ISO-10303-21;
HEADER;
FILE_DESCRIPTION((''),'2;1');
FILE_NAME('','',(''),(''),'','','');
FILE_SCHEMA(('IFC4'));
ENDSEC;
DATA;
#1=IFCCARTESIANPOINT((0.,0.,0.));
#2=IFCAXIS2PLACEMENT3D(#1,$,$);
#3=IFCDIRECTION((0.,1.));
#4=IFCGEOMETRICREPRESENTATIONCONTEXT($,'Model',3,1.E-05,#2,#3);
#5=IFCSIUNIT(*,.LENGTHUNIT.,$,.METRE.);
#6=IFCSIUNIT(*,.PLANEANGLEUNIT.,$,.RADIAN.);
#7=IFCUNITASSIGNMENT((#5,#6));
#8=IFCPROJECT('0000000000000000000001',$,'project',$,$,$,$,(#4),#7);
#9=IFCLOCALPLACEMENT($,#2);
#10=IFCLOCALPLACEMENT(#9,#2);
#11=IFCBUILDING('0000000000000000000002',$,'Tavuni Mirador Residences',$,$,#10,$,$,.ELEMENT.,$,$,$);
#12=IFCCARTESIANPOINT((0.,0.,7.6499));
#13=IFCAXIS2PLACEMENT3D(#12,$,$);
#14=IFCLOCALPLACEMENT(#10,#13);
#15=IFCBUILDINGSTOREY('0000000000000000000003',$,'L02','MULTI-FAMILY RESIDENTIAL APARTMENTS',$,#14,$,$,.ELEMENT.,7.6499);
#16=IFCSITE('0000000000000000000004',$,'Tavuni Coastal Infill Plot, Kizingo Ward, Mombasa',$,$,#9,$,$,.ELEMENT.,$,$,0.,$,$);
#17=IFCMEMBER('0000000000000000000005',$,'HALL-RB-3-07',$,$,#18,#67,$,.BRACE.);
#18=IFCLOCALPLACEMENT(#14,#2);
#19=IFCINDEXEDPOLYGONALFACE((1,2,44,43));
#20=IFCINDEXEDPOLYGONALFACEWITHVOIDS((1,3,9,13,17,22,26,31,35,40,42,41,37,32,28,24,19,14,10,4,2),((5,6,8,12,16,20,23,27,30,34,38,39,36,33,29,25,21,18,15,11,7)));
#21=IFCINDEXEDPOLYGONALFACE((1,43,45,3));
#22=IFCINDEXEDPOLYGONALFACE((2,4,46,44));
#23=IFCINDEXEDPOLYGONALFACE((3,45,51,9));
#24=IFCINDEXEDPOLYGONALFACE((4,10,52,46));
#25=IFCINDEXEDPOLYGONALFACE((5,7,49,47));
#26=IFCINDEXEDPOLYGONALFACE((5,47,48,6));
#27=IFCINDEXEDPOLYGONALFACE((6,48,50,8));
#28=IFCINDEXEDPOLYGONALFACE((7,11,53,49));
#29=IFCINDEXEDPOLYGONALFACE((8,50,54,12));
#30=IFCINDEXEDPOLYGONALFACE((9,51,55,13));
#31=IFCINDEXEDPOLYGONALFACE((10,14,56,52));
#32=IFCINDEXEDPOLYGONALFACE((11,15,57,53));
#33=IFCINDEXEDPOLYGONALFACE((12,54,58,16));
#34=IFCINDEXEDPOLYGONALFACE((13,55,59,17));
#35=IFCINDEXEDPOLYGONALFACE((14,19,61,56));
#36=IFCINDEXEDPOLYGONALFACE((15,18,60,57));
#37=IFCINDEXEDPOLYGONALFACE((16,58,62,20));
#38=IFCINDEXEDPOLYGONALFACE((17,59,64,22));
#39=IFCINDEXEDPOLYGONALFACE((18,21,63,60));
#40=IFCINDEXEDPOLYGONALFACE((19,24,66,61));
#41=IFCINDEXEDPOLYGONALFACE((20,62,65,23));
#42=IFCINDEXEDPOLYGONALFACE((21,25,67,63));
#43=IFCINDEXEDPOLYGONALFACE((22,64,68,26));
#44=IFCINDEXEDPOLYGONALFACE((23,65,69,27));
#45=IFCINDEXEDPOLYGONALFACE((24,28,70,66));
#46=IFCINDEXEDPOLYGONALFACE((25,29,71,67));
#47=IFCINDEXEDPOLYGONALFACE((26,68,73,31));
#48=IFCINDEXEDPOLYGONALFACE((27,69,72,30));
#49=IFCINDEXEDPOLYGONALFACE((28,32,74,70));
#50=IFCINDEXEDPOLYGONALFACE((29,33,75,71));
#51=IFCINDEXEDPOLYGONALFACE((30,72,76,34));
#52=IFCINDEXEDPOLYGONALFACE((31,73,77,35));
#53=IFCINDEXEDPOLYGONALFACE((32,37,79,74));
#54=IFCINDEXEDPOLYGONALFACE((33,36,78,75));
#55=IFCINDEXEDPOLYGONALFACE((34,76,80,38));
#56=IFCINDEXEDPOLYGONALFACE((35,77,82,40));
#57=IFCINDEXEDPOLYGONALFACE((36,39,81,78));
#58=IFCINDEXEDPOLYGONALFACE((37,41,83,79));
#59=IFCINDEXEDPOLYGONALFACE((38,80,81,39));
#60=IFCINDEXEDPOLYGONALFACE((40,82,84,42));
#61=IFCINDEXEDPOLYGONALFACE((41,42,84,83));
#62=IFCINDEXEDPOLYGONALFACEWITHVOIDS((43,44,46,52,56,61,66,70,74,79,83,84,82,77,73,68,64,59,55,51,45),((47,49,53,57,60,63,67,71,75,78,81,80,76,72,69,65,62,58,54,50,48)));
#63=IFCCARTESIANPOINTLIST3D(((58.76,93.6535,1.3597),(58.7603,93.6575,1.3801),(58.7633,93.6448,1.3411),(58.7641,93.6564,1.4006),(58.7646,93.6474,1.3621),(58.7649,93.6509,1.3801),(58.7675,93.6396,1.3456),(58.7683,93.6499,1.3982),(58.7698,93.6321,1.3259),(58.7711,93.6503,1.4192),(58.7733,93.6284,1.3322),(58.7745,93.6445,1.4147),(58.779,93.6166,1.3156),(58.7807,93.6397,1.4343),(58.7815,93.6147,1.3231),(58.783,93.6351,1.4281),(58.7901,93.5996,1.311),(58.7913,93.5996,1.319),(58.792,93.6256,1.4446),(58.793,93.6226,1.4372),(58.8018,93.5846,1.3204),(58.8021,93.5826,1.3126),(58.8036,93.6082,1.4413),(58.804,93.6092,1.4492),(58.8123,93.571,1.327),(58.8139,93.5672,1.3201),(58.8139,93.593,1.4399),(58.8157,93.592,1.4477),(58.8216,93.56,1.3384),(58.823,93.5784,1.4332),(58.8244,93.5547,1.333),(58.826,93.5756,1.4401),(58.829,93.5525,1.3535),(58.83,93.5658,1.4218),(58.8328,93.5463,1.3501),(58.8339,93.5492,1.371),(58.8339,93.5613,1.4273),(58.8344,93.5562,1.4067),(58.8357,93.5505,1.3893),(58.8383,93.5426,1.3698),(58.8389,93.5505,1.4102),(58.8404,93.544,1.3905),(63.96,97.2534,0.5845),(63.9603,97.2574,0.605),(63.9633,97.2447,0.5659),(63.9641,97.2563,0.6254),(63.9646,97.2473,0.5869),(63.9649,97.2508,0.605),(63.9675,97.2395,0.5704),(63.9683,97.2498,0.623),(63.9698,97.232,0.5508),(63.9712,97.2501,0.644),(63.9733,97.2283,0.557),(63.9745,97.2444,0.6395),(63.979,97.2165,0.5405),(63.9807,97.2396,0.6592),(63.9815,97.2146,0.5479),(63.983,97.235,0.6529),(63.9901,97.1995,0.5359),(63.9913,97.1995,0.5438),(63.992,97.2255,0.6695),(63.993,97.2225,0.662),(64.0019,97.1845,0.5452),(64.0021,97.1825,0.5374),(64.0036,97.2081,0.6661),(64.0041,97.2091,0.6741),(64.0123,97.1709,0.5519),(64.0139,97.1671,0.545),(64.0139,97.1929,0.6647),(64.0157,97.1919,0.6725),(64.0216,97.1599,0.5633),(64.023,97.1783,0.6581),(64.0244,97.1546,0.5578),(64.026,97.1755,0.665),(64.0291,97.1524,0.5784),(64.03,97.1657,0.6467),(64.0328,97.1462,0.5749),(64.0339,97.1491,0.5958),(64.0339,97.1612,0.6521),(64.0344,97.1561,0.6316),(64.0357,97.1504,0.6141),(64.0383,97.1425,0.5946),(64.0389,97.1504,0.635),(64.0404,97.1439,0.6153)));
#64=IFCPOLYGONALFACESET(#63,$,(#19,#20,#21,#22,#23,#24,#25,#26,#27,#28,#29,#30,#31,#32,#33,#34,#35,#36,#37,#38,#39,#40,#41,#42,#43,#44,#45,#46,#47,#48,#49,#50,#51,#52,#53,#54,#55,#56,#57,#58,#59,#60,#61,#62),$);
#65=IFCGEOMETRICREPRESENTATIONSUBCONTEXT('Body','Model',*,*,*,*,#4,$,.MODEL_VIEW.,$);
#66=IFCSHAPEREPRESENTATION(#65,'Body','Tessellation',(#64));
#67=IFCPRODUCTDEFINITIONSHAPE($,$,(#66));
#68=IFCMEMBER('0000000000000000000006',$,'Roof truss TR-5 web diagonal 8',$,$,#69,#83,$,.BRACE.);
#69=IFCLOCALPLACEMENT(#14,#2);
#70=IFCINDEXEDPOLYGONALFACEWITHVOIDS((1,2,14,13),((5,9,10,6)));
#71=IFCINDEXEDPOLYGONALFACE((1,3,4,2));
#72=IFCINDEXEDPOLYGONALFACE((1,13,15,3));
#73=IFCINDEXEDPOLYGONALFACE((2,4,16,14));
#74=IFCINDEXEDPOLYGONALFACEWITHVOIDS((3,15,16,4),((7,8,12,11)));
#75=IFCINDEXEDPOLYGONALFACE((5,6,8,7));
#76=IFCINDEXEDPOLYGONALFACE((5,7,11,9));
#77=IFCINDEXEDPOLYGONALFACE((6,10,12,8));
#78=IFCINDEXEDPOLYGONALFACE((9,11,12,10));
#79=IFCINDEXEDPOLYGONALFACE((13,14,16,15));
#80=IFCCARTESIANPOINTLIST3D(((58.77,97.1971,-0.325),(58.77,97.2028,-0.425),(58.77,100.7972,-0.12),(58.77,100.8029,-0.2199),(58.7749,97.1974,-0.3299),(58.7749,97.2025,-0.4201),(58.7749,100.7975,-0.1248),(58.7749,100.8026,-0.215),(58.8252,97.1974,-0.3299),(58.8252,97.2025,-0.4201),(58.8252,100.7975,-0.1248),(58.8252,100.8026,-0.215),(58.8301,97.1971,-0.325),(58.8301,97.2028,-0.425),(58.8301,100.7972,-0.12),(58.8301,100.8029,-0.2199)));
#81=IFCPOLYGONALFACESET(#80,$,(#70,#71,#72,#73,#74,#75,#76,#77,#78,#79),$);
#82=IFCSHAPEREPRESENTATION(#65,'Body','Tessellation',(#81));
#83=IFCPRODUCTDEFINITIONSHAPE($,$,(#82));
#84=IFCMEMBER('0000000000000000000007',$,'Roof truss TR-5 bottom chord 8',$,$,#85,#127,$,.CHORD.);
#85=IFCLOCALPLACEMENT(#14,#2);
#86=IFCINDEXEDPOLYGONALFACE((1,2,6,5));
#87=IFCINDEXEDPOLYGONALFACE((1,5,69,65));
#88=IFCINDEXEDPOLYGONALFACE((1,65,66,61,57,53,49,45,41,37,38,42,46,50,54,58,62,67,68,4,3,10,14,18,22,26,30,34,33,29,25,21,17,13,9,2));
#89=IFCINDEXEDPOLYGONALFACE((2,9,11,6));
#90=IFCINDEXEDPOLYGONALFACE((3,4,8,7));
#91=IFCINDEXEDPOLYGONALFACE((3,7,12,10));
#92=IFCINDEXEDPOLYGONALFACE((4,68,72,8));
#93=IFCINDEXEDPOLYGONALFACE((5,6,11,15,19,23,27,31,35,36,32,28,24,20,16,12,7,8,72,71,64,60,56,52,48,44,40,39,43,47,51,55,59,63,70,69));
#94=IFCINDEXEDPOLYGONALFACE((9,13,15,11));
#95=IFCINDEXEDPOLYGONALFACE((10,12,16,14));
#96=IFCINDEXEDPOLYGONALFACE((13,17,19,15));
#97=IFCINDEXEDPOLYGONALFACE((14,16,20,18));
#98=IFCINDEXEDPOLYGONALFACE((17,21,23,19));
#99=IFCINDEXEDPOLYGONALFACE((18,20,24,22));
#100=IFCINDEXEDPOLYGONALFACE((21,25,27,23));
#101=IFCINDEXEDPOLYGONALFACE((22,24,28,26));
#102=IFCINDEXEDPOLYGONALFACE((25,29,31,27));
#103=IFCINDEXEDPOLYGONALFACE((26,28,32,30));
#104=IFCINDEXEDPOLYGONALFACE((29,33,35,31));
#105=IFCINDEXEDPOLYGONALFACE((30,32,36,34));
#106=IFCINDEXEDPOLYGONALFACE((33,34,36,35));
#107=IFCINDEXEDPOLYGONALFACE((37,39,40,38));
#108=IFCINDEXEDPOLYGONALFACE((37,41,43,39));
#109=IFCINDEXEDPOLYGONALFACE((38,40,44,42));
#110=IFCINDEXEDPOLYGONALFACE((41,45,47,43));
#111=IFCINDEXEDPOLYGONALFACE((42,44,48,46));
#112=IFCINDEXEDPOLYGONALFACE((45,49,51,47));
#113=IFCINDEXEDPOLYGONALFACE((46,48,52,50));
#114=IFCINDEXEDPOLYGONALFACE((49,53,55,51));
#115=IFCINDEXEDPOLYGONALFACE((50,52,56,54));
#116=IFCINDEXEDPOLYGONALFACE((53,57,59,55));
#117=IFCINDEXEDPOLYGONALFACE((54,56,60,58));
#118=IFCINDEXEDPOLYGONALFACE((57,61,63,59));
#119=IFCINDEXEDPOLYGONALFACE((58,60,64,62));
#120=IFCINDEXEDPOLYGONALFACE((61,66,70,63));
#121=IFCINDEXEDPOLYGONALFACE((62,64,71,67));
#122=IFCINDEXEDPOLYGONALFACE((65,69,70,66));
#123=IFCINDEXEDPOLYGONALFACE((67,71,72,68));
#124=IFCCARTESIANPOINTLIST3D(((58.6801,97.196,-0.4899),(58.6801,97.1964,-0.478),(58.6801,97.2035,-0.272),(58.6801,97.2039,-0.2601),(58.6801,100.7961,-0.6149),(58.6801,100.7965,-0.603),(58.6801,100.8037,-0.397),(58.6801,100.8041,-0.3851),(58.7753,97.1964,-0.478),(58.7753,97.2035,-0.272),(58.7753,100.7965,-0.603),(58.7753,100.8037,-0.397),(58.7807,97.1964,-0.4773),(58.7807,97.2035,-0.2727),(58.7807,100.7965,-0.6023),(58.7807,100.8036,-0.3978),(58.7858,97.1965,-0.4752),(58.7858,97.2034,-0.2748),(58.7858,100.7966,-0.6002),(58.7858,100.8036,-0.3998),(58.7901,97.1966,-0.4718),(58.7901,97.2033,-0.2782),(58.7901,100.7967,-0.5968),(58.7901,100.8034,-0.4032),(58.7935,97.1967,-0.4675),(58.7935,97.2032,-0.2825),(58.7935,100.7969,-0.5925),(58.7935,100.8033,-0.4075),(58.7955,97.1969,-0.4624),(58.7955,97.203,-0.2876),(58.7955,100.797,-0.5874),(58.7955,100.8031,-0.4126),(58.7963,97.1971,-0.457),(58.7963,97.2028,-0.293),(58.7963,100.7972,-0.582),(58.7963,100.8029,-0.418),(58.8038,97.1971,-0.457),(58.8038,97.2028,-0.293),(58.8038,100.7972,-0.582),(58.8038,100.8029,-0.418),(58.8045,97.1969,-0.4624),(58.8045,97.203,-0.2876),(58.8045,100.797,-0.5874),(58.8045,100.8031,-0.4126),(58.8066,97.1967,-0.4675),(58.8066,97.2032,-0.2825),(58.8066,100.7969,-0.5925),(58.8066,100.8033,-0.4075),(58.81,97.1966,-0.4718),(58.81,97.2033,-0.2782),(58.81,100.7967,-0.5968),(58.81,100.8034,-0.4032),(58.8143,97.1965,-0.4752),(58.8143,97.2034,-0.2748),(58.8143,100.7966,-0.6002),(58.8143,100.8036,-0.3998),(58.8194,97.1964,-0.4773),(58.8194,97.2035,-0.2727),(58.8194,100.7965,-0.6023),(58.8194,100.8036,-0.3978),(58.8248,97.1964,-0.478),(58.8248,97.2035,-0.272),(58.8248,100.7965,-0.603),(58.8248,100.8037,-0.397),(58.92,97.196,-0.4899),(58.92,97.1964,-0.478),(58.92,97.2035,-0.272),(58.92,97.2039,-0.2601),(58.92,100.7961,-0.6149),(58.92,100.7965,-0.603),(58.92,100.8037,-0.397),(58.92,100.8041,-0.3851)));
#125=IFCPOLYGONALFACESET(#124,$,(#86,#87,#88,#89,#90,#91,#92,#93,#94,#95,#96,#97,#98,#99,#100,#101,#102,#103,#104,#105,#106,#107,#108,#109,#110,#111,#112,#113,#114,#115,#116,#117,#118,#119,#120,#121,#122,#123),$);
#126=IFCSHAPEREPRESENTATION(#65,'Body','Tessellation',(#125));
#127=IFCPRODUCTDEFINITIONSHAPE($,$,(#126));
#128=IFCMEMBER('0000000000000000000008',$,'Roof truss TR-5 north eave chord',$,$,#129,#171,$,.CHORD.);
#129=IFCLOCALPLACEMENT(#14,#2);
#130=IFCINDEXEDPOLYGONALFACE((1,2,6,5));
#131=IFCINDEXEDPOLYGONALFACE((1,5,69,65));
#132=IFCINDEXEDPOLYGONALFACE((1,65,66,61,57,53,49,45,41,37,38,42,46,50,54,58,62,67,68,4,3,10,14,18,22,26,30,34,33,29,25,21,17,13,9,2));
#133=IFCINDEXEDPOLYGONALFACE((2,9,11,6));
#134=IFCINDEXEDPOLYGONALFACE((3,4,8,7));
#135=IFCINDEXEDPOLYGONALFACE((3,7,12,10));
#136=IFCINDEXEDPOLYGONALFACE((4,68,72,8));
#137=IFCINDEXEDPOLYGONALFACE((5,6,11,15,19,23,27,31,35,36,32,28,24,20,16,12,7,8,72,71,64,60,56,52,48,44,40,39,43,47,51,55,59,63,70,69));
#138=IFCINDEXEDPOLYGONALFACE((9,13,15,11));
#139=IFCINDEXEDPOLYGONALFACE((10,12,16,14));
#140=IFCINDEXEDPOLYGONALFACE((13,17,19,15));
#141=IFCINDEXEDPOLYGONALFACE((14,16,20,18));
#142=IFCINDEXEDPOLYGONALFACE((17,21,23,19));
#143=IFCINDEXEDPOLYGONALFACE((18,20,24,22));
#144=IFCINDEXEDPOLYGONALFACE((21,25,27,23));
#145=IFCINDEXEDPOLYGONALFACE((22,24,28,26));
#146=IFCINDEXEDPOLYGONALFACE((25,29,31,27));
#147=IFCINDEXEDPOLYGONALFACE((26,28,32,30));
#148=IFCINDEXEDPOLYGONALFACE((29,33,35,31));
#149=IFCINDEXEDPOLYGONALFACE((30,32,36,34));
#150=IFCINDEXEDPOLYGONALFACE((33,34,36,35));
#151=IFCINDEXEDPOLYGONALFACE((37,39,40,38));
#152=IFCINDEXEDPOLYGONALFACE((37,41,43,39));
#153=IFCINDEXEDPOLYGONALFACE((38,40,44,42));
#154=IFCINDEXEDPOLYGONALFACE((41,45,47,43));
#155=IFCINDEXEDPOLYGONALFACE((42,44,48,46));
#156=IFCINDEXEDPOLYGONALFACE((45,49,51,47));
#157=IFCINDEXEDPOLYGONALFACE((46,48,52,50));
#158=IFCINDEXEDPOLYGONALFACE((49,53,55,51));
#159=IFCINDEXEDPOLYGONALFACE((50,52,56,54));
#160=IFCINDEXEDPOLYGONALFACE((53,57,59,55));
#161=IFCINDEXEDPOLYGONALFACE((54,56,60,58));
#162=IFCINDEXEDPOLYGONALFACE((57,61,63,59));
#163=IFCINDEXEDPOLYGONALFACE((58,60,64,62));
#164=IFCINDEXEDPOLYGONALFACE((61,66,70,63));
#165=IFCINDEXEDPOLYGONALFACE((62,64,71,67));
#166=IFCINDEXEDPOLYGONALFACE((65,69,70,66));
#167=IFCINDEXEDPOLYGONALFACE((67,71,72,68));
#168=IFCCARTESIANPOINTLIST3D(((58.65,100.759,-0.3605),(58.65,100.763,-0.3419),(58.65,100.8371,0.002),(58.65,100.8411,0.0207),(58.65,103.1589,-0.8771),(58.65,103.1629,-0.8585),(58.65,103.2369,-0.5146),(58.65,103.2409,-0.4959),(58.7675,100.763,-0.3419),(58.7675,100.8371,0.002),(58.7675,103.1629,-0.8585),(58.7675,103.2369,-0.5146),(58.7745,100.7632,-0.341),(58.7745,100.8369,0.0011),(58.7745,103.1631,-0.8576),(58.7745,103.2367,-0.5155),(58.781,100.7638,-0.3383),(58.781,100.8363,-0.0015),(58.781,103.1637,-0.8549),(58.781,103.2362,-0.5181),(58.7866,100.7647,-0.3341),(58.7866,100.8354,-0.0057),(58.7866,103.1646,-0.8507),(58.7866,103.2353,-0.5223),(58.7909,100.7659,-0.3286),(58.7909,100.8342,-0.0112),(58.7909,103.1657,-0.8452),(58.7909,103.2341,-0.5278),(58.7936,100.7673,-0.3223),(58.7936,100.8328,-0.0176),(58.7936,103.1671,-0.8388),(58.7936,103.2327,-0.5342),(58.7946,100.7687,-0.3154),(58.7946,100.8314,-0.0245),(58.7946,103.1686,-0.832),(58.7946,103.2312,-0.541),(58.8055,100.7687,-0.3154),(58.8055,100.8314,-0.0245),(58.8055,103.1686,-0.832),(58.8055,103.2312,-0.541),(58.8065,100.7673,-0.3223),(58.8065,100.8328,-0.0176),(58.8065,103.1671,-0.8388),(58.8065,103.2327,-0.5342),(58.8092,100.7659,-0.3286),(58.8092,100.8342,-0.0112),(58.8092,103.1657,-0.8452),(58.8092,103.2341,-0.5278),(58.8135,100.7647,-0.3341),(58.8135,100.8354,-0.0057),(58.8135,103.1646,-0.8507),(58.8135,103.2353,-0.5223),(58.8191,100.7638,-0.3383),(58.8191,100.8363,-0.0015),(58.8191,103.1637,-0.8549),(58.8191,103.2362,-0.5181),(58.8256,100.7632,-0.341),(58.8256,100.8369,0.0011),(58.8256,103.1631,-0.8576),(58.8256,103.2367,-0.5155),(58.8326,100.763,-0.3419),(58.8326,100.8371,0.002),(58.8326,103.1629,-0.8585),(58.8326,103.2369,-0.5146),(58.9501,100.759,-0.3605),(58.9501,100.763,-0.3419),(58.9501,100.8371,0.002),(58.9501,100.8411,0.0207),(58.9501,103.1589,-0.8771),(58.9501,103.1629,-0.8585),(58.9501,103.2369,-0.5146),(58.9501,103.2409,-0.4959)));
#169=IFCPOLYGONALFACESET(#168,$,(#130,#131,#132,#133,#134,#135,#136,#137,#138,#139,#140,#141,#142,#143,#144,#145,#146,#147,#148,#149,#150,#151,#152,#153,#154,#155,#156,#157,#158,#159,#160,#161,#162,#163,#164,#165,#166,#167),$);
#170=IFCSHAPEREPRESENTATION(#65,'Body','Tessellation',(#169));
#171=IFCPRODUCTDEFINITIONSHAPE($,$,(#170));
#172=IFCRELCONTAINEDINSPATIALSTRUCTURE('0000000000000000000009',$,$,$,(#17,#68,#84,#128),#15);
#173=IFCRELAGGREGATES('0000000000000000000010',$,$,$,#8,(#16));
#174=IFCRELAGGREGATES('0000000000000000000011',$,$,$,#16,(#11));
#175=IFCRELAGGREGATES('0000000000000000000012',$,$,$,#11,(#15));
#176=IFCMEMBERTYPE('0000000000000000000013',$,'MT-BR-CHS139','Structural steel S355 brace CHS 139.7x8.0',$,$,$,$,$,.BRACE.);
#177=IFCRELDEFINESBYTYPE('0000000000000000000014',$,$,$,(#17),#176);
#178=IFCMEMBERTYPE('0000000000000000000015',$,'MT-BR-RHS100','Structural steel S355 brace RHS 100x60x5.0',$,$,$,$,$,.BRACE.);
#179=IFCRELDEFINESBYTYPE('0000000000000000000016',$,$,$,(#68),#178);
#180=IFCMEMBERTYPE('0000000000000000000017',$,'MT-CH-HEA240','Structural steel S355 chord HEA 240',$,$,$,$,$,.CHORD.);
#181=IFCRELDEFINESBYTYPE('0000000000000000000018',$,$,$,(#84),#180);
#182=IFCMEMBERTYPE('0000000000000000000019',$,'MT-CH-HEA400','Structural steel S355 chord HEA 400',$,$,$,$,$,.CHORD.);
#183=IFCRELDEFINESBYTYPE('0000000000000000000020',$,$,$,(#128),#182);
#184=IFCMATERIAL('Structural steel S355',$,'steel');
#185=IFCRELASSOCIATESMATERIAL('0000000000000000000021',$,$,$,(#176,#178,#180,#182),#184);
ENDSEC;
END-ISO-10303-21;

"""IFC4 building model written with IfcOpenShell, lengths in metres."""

from ifc_helpers import new_model, si_unit, direction, frame, origin, origin_2d, place, context, subcontext, project, spatial, hollow_rectangle, hollow_circle, i_section, extrude, material, material_profile, profile_set, type_object, element, save


model = new_model("IFC4")

# Units and contexts
model_context = context("Model", 3, precision=1e-05, world=origin(), true_north=direction((0.0, 1.0)))
body_context = subcontext(model_context, "Body", "Model", "MODEL_VIEW")
ifc_project = project(units=[si_unit("LENGTHUNIT", "METRE"), si_unit("PLANEANGLEUNIT", "RADIAN")], contexts=[model_context])

# Site, building, storey
site_placement = place(None, origin())
site = spatial("IfcSite", under=ifc_project, at=site_placement, Name="Tavuni Coastal Infill Plot, Kizingo Ward, Mombasa", CompositionType="ELEMENT", RefElevation=0.0)
building_placement = place(site_placement, origin())
building = spatial("IfcBuilding", under=site, at=building_placement, Name="Tavuni Mirador Residences", CompositionType="ELEMENT")
storey_placement = place(building_placement, frame((0.0, 0.0, 7.6499)))
storey = spatial("IfcBuildingStorey", under=building, at=storey_placement, Name="L02", Description="MULTI-FAMILY RESIDENTIAL APARTMENTS", CompositionType="ELEMENT", Elevation=7.6499)

# Shared definitions
ifc_material_1 = material(Name="Structural steel S355", Category="steel")

# Members
ifc_material_profile_1 = material_profile(ifc_material_1, hollow_circle(Radius=0.0698, WallThickness=0.0081, at=origin_2d()), Name="CHS 139.7x8.0", Category="steel")
ifc_profile_set_1 = profile_set([ifc_material_profile_1], Name="Structural steel S355")
member_type_1 = type_object("IfcMemberType", Name="MT-BR-CHS139", Description="Structural steel S355 brace CHS 139.7x8.0", PredefinedType="BRACE", material=ifc_profile_set_1)
member_1_placement = place(storey_placement, frame((58.8, 93.6001, 1.3801), z_axis=(0.816094, 0.56497, -0.121653), x_axis=(-0.569198, 0.822201, 0.0)))
element("IfcMember", 1, at=member_1_placement, inside=storey, type_object=member_type_1, Name="HALL-RB-3-07", PredefinedType="BRACE", context=body_context, shape_type="SweptSolid", body=[
    extrude(hollow_circle(Radius=0.0698, WallThickness=0.0081, at=origin_2d()), origin(), (0.0, 0.0, 1.0), 6.3718),
])
ifc_material_profile_2 = material_profile(ifc_material_1, hollow_rectangle(XDim=0.0601, YDim=0.1001, WallThickness=0.0049, at=origin_2d()), Name="RHS 100x60x5.0", Category="steel")
ifc_profile_set_2 = profile_set([ifc_material_profile_2], Name="Structural steel S355")
member_type_2 = type_object("IfcMemberType", Name="MT-BR-RHS100", Description="Structural steel S355 brace RHS 100x60x5.0", PredefinedType="BRACE", material=ifc_profile_set_2)
member_2_placement = place(storey_placement, frame((58.8, 97.2, -0.375), z_axis=(0.0, 0.998381, 0.056872), x_axis=(-1.0, 0.0, 0.0)))
element("IfcMember", 2, at=member_2_placement, inside=storey, type_object=member_type_2, Name="Roof truss TR-5 web diagonal 8", PredefinedType="BRACE", context=body_context, shape_type="SweptSolid", body=[
    extrude(hollow_rectangle(XDim=0.0601, YDim=0.1001, WallThickness=0.0049, at=origin_2d()), origin(), (0.0, 0.0, 1.0), 3.606),
])
ifc_material_profile_3 = material_profile(ifc_material_1, i_section(OverallWidth=0.24, OverallDepth=0.23, WebThickness=0.0076, FlangeThickness=0.012, FilletRadius=0.021, at=origin_2d()), Name="HEA 240", Category="steel")
ifc_profile_set_3 = profile_set([ifc_material_profile_3], Name="Structural steel S355")
member_type_3 = type_object("IfcMemberType", Name="MT-CH-HEA240", Description="Structural steel S355 chord HEA 240", PredefinedType="CHORD", material=ifc_profile_set_3)
member_3_placement = place(storey_placement, frame((58.8, 97.2, -0.375), z_axis=(0.0, 0.999398, -0.0347), x_axis=(-1.0, 0.0, 0.0)))
element("IfcMember", 3, at=member_3_placement, inside=storey, type_object=member_type_3, Name="Roof truss TR-5 bottom chord 8", PredefinedType="CHORD", context=body_context, shape_type="SweptSolid", body=[
    extrude(i_section(OverallWidth=0.24, OverallDepth=0.23, WebThickness=0.0076, FlangeThickness=0.012, FilletRadius=0.021, at=origin_2d()), origin(), (0.0, 0.0, 1.0), 3.6023),
])
ifc_material_profile_4 = material_profile(ifc_material_1, i_section(OverallWidth=0.3, OverallDepth=0.3899, WebThickness=0.011, FlangeThickness=0.019, FilletRadius=0.0271, at=origin_2d()), Name="HEA 400", Category="steel")
ifc_profile_set_4 = profile_set([ifc_material_profile_4], Name="Structural steel S355")
member_type_4 = type_object("IfcMemberType", Name="MT-CH-HEA400", Description="Structural steel S355 chord HEA 400", PredefinedType="CHORD", material=ifc_profile_set_4)
member_4_placement = place(storey_placement, frame((58.8, 100.8, -0.1699), z_axis=(0.0, 0.977607, -0.210439), x_axis=(-1.0, 0.0, 0.0)))
element("IfcMember", 4, at=member_4_placement, inside=storey, type_object=member_type_4, Name="Roof truss TR-5 north eave chord", PredefinedType="CHORD", context=body_context, shape_type="SweptSolid", body=[
    extrude(i_section(OverallWidth=0.3, OverallDepth=0.3899, WebThickness=0.011, FlangeThickness=0.019, FilletRadius=0.0271, at=origin_2d()), origin(), (0.0, 0.0, 1.0), 2.4548),
])

save(model, "model.ifc")
